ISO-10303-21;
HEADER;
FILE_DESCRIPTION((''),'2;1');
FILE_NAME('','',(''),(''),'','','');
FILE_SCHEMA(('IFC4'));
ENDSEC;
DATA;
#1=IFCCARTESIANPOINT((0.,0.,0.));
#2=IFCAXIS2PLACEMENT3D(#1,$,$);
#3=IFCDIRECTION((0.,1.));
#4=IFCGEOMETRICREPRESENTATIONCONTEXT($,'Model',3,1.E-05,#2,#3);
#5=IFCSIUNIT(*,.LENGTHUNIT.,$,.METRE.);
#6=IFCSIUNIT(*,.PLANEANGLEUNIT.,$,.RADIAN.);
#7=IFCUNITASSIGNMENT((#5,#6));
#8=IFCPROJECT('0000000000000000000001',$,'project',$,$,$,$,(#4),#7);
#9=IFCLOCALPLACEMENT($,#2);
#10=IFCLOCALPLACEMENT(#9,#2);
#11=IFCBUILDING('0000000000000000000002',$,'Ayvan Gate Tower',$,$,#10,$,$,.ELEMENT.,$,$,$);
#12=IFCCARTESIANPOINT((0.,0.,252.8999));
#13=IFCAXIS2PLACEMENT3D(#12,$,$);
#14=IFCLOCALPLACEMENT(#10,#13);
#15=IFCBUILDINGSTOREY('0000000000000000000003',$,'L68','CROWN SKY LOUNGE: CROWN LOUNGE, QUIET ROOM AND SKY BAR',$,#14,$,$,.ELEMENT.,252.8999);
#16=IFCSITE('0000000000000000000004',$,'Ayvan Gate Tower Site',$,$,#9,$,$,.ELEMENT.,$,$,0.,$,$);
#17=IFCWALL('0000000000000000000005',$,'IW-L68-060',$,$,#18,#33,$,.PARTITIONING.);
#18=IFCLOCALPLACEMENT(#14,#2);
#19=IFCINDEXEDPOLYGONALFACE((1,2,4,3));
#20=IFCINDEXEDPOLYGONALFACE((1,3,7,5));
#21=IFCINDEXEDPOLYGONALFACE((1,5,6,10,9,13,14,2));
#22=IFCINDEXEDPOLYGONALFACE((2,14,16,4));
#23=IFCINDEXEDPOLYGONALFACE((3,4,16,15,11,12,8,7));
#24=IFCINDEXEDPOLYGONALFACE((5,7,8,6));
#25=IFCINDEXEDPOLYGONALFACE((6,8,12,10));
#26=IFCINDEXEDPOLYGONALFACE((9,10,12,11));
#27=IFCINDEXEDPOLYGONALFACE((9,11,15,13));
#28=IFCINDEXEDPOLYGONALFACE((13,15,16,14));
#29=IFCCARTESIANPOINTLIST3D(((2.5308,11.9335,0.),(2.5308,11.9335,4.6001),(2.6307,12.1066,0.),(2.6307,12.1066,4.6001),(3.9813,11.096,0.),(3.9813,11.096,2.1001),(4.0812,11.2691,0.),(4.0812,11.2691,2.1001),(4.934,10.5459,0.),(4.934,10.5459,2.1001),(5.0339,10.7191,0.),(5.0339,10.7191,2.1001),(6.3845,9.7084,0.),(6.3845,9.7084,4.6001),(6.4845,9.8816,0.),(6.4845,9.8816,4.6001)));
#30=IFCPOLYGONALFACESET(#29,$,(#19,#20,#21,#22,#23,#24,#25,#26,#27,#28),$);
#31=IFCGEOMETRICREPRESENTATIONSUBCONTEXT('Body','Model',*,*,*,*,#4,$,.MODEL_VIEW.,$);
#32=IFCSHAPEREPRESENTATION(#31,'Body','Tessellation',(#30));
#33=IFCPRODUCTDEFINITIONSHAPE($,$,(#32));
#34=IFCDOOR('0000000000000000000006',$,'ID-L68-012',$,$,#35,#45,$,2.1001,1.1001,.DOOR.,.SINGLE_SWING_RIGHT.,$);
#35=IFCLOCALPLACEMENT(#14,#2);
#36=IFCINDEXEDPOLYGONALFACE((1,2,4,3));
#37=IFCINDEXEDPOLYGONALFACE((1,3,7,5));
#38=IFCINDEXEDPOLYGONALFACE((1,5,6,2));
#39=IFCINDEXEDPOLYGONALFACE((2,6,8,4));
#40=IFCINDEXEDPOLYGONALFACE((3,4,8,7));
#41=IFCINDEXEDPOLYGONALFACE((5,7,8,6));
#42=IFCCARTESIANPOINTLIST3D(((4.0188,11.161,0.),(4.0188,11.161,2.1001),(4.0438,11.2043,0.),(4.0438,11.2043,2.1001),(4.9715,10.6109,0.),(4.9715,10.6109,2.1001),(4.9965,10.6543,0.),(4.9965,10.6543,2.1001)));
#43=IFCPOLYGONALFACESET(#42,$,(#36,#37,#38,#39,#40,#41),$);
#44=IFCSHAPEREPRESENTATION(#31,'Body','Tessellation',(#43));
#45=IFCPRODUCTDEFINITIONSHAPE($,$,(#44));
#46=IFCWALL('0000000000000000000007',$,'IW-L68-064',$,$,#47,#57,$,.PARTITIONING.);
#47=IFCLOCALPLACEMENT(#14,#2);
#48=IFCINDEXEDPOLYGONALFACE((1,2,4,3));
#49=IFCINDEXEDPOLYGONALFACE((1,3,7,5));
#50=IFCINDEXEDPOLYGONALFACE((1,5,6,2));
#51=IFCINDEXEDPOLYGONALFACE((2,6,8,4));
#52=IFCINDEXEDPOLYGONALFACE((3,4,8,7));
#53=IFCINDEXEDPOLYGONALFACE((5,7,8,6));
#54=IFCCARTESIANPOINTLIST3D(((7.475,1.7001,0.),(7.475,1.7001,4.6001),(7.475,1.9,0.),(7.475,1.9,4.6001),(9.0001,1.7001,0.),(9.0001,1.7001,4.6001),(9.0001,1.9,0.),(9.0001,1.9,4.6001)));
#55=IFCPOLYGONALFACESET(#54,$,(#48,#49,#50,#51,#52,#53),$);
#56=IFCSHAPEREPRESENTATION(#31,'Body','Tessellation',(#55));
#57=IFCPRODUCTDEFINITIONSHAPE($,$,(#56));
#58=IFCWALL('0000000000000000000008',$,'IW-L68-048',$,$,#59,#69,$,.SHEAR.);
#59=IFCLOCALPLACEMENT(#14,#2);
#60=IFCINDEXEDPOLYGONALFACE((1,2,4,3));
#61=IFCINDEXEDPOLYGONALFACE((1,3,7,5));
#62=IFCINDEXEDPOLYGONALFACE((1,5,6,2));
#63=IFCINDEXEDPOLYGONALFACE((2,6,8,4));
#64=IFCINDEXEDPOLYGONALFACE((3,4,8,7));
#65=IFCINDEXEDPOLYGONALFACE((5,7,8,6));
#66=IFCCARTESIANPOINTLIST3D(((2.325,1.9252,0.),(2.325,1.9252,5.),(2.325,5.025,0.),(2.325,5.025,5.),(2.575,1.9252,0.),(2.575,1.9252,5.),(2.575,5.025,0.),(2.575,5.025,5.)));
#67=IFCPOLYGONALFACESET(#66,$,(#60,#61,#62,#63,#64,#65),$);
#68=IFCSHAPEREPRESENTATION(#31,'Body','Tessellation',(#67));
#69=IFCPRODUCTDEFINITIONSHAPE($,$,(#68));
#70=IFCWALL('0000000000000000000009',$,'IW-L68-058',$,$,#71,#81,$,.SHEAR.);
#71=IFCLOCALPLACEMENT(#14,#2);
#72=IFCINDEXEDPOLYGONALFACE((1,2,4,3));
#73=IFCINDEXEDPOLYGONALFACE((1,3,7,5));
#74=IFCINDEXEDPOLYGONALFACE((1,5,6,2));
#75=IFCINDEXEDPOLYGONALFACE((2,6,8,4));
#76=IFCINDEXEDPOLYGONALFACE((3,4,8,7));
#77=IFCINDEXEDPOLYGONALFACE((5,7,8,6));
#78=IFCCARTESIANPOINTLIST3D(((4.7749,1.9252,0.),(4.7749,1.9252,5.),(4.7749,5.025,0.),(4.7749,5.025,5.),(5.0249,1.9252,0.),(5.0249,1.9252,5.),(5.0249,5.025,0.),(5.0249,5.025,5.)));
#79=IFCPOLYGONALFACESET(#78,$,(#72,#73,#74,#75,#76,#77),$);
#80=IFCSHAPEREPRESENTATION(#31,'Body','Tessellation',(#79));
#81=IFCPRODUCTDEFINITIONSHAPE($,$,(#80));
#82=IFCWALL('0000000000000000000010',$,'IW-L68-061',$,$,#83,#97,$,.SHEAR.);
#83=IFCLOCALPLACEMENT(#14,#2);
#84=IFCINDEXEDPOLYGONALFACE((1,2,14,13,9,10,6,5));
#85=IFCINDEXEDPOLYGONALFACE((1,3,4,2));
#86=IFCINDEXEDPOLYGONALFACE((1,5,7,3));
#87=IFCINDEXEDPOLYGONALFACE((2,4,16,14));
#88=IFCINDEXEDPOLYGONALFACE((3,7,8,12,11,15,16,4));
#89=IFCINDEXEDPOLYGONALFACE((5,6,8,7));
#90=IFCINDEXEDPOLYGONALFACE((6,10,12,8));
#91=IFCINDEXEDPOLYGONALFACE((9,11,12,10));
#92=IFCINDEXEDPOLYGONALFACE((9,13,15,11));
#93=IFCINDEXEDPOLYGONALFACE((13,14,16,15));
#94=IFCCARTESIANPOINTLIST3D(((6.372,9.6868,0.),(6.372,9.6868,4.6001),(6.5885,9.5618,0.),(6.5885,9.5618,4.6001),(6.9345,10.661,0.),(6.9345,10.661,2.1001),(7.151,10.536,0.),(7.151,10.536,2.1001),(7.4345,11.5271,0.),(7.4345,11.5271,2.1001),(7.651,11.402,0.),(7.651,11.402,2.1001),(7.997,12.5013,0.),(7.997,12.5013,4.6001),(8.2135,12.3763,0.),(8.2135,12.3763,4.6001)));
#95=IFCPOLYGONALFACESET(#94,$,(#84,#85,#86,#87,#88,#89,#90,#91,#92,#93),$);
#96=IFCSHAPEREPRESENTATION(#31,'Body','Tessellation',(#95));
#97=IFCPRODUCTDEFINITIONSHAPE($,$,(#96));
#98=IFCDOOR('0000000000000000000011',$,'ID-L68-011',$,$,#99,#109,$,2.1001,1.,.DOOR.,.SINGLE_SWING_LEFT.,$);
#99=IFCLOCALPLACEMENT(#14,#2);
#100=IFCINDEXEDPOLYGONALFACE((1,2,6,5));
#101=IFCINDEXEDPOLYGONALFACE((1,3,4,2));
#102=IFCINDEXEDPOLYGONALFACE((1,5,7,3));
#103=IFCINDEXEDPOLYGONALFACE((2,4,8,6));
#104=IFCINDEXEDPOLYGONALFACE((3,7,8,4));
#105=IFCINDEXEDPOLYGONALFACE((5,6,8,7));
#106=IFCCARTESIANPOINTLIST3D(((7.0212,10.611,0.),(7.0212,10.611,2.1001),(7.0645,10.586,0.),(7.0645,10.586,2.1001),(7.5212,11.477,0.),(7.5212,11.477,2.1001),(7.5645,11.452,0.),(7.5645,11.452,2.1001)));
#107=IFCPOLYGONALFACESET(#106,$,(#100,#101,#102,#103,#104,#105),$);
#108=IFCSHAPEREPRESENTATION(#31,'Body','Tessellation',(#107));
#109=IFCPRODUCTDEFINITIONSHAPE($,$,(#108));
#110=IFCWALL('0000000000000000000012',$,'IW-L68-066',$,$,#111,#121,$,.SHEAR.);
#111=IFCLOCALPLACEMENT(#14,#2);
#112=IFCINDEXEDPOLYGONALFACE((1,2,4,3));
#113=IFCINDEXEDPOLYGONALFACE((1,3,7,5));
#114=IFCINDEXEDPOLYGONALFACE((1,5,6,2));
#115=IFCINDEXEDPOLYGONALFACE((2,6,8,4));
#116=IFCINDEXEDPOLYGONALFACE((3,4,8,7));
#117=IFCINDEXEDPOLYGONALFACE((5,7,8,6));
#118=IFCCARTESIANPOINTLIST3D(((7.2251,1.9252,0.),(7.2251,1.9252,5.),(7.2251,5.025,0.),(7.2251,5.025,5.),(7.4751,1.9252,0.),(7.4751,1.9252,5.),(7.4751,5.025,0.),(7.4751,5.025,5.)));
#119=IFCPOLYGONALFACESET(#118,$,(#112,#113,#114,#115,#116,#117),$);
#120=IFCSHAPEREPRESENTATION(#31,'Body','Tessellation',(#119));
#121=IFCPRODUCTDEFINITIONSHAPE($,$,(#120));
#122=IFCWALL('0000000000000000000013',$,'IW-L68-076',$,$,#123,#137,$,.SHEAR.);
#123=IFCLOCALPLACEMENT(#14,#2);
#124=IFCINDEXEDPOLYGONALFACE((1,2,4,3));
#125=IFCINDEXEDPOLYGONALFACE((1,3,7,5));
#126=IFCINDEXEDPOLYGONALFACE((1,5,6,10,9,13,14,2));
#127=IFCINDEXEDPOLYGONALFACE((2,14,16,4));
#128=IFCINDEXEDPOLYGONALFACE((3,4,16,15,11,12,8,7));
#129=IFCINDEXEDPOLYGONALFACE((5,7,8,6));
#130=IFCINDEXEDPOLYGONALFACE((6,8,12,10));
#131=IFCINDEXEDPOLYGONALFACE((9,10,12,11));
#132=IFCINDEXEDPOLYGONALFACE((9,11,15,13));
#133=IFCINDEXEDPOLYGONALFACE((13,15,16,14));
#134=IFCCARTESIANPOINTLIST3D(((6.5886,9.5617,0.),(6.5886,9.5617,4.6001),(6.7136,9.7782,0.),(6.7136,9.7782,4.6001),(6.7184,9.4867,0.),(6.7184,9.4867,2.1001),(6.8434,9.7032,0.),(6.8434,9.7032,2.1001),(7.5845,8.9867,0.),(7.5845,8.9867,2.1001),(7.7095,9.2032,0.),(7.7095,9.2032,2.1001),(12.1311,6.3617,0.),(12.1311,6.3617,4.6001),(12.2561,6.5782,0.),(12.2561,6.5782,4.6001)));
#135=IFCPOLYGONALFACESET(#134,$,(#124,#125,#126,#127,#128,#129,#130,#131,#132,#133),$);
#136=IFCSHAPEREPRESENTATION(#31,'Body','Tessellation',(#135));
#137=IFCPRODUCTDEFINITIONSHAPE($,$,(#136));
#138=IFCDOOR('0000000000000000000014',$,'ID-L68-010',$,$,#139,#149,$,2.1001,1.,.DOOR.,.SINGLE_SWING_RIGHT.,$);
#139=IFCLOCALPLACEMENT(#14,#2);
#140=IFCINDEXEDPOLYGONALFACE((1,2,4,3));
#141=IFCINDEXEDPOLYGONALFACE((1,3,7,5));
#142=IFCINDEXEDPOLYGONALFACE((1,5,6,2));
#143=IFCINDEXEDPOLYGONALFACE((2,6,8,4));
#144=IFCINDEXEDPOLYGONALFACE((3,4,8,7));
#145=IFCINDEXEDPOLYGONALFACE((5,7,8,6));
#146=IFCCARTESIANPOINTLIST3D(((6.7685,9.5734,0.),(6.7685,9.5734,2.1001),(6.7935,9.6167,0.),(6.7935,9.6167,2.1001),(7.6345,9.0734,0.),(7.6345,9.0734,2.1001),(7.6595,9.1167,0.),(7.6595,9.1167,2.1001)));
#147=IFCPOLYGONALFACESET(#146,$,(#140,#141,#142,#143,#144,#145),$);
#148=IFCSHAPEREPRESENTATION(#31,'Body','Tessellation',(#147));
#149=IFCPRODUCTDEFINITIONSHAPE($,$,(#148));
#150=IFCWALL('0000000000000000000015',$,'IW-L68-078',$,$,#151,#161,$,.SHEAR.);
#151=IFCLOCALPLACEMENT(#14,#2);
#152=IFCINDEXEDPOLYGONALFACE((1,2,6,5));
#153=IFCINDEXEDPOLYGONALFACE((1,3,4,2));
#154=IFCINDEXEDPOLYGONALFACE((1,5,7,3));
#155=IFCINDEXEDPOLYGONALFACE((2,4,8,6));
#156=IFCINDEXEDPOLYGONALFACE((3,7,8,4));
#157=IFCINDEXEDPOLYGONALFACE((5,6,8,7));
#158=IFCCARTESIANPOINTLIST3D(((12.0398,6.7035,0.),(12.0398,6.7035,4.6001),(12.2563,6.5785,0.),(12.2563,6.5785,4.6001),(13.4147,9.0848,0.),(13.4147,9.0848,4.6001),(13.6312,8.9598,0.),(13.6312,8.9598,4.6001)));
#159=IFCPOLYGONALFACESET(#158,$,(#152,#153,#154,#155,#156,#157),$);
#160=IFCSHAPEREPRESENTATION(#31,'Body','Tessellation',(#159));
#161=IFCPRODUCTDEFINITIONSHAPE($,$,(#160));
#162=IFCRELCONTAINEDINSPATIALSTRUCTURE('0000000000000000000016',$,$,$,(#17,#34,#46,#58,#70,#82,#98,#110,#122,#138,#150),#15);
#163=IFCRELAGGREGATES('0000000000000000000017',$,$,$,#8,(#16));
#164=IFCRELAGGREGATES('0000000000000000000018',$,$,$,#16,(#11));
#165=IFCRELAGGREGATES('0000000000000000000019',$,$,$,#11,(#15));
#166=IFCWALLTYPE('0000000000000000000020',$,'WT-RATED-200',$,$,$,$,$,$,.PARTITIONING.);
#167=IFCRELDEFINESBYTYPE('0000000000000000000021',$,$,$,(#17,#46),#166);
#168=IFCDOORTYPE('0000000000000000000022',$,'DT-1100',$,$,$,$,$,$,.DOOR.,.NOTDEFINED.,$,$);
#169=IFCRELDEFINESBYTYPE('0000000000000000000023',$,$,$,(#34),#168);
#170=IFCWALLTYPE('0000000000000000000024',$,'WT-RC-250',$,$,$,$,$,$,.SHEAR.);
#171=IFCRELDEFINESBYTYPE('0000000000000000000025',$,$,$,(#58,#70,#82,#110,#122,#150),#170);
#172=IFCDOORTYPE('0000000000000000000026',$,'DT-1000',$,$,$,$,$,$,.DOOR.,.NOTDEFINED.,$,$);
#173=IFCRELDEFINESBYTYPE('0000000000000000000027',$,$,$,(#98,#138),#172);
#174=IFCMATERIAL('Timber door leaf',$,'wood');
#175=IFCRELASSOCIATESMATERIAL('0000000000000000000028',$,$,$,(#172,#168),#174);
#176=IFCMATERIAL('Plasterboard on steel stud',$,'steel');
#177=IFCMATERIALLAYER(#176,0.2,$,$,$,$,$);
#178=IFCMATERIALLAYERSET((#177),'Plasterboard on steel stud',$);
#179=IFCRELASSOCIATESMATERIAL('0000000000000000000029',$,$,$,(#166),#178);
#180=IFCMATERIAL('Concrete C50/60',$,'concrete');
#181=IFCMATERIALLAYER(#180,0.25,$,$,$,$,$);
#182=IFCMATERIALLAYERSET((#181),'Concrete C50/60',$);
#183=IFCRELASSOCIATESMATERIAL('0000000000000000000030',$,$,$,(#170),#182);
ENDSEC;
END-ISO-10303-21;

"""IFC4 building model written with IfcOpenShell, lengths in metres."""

from ifc_helpers import new_model, si_unit, direction, frame, frame_2d, origin, place, context, subcontext, project, spatial, rectangle, extrude, material, layer, layer_set, type_object, element, fill, save


model = new_model("IFC4")

# Units and contexts
model_context = context("Model", 3, precision=1e-05, world=origin(), true_north=direction((0.0, 1.0)))
body_context = subcontext(model_context, "Body", "Model", "MODEL_VIEW")
ifc_project = project(units=[si_unit("LENGTHUNIT", "METRE"), si_unit("PLANEANGLEUNIT", "RADIAN")], contexts=[model_context])

# Site, building, storey
site_placement = place(None, origin())
site = spatial("IfcSite", under=ifc_project, at=site_placement, Name="Ayvan Gate Tower Site", CompositionType="ELEMENT", RefElevation=0.0)
building_placement = place(site_placement, origin())
building = spatial("IfcBuilding", under=site, at=building_placement, Name="Ayvan Gate Tower", CompositionType="ELEMENT")
storey_placement = place(building_placement, frame((0.0, 0.0, 252.8999)))
storey = spatial("IfcBuildingStorey", under=building, at=storey_placement, Name="L68", Description="CROWN SKY LOUNGE: CROWN LOUNGE, QUIET ROOM AND SKY BAR", CompositionType="ELEMENT", Elevation=252.8999)

# Shared definitions
ifc_material_1 = material(Name="Concrete C50/60", Category="concrete")

# Shared definitions
ifc_material_2 = material(Name="Timber door leaf", Category="wood")
ifc_material_3 = material(Name="Plasterboard on steel stud", Category="steel")
door_type_1 = type_object("IfcDoorType", Name="DT-1000", OperationType="NOTDEFINED", PredefinedType="DOOR", material=ifc_material_2)

# Shared definitions
ifc_layer_1 = layer(ifc_material_3, 0.2)
ifc_layer_set_1 = layer_set([ifc_layer_1], Name="Plasterboard on steel stud")
wall_type_1 = type_object("IfcWallType", Name="WT-RATED-200", PredefinedType="PARTITIONING", material=ifc_layer_set_1)

# Wall, opening, door
wall_1_placement = place(storey_placement, frame((6.4346, 9.7949, 0.0), z_axis=(0.0, 0.0, 1.0), x_axis=(-0.866013, 0.500022, 0.0)))
wall_1 = element("IfcWall", 1, at=wall_1_placement, inside=storey, type_object=wall_type_1, Name="IW-L68-060", PredefinedType="PARTITIONING", context=body_context, shape_type="SweptSolid", body=[
    extrude(rectangle(XDim=4.45, YDim=0.2, at=frame_2d((2.2251, 0.0))), origin(), (0.0, 0.0, 1.0), 4.6001),
])
opening_1_placement = place(wall_1_placement, frame((1.675, 0.0, 0.0)))
opening_1 = element("IfcOpeningElement", 2, at=opening_1_placement, cuts=wall_1, PredefinedType="OPENING", context=body_context, shape_type="SweptSolid", body=[
    extrude(rectangle(XDim=1.1001, YDim=2.1001, at=frame_2d((0.55, 1.05))), frame((0.0, 0.1099, 0.0), z_axis=(0.0, -1.0, 0.0), x_axis=(1.0, 0.0, 0.0)), (0.0, 0.0, 1.0), 0.22),
])
door_type_2 = type_object("IfcDoorType", Name="DT-1100", OperationType="NOTDEFINED", PredefinedType="DOOR", material=ifc_material_2)
door_1_placement = place(opening_1_placement, origin())
door_1 = element("IfcDoor", 3, at=door_1_placement, inside=storey, type_object=door_type_2, Name="ID-L68-012", OperationType="SINGLE_SWING_RIGHT", OverallHeight=2.1001, OverallWidth=1.1001, PredefinedType="DOOR", context=body_context, shape_type="SweptSolid", body=[
    extrude(rectangle(XDim=1.1001, YDim=2.1001, at=frame_2d((0.55, 1.05))), frame((0.0, 0.0249, 0.0), z_axis=(0.0, -1.0, 0.0), x_axis=(1.0, 0.0, 0.0)), (0.0, 0.0, 1.0), 0.05),
])
fill(opening_1, door_1)

# Walls
wall_2_placement = place(storey_placement, frame((7.4749, 1.8, 0.0), z_axis=(0.0, 0.0, 1.0), x_axis=(1.0, 0.0, 0.0)))
element("IfcWall", 4, at=wall_2_placement, inside=storey, type_object=wall_type_1, Name="IW-L68-064", PredefinedType="PARTITIONING", context=body_context, shape_type="SweptSolid", body=[
    extrude(rectangle(XDim=1.5251, YDim=0.2, at=frame_2d((0.7627, 0.0))), origin(), (0.0, 0.0, 1.0), 4.6001),
])
ifc_layer_2 = layer(ifc_material_1, 0.25)
ifc_layer_set_2 = layer_set([ifc_layer_2], Name="Concrete C50/60")
wall_type_2 = type_object("IfcWallType", Name="WT-RC-250", PredefinedType="SHEAR", material=ifc_layer_set_2)
for number, where, z_axis, x_axis, name in (
    (5, (2.45, 5.0249, 0.0), (0.0, 0.0, 1.0), (0.0, -1.0, 0.0), "IW-L68-048"),
    (6, (4.8999, 5.0249, 0.0), (0.0, 0.0, 1.0), (0.0, -1.0, 0.0), "IW-L68-058"),
):
    element("IfcWall", number, at=place(storey_placement, frame(where, z_axis=z_axis, x_axis=x_axis)), inside=storey, type_object=wall_type_2, Name=name, PredefinedType="SHEAR", context=body_context, shape_type="SweptSolid", body=[
        extrude(rectangle(XDim=3.0999, YDim=0.25, at=frame_2d((1.5498, 0.0))), origin(), (0.0, 0.0, 1.0), 5.0),
    ])

# Wall, opening, door
wall_3_placement = place(storey_placement, frame((6.4802, 9.6243, 0.0), z_axis=(0.0, 0.0, 1.0), x_axis=(0.500017, 0.866015, 0.0)))
wall_3 = element("IfcWall", 7, at=wall_3_placement, inside=storey, type_object=wall_type_2, Name="IW-L68-061", PredefinedType="SHEAR", context=body_context, shape_type="SweptSolid", body=[
    extrude(rectangle(XDim=3.25, YDim=0.25, at=frame_2d((1.625, 0.0))), origin(), (0.0, 0.0, 1.0), 4.6001),
])
opening_2_placement = place(wall_3_placement, frame((1.125, 0.0, 0.0)))
opening_2 = element("IfcOpeningElement", 8, at=opening_2_placement, cuts=wall_3, PredefinedType="OPENING", context=body_context, shape_type="SweptSolid", body=[
    extrude(rectangle(XDim=1.0, YDim=2.1001, at=frame_2d((0.5, 1.05))), frame((0.0, 0.135, 0.0), z_axis=(0.0, -1.0, 0.0), x_axis=(1.0, 0.0, 0.0)), (0.0, 0.0, 1.0), 0.27),
])
door_2_placement = place(opening_2_placement, origin())
door_2 = element("IfcDoor", 9, at=door_2_placement, inside=storey, type_object=door_type_1, Name="ID-L68-011", OperationType="SINGLE_SWING_LEFT", OverallHeight=2.1001, OverallWidth=1.0, PredefinedType="DOOR", context=body_context, shape_type="SweptSolid", body=[
    extrude(rectangle(XDim=1.0, YDim=2.1001, at=frame_2d((0.5, 1.05))), frame((0.0, 0.0249, 0.0), z_axis=(0.0, -1.0, 0.0), x_axis=(1.0, 0.0, 0.0)), (0.0, 0.0, 1.0), 0.05),
])
fill(opening_2, door_2)

# Wall
wall_4_placement = place(storey_placement, frame((7.3501, 5.0249, 0.0), z_axis=(0.0, 0.0, 1.0), x_axis=(0.0, -1.0, 0.0)))
element("IfcWall", 10, at=wall_4_placement, inside=storey, type_object=wall_type_2, Name="IW-L68-066", PredefinedType="SHEAR", context=body_context, shape_type="SweptSolid", body=[
    extrude(rectangle(XDim=3.0999, YDim=0.25, at=frame_2d((1.5498, 0.0))), origin(), (0.0, 0.0, 1.0), 5.0),
])

# Wall, opening, door
wall_5_placement = place(storey_placement, frame((12.1936, 6.47, 0.0), z_axis=(0.0, 0.0, 1.0), x_axis=(-0.866025, 0.5, 0.0)))
wall_5 = element("IfcWall", 11, at=wall_5_placement, inside=storey, type_object=wall_type_2, Name="IW-L68-076", PredefinedType="SHEAR", context=body_context, shape_type="SweptSolid", body=[
    extrude(rectangle(XDim=6.3999, YDim=0.25, at=frame_2d((3.2, 0.0))), origin(), (0.0, 0.0, 1.0), 4.6001),
])
opening_3_placement = place(wall_5_placement, frame((5.25, 0.0, 0.0)))
opening_3 = element("IfcOpeningElement", 12, at=opening_3_placement, cuts=wall_5, PredefinedType="OPENING", context=body_context, shape_type="SweptSolid", body=[
    extrude(rectangle(XDim=1.0, YDim=2.1001, at=frame_2d((0.5, 1.05))), frame((0.0, 0.135, 0.0), z_axis=(0.0, -1.0, 0.0), x_axis=(1.0, 0.0, 0.0)), (0.0, 0.0, 1.0), 0.27),
])
door_3_placement = place(opening_3_placement, origin())
door_3 = element("IfcDoor", 13, at=door_3_placement, inside=storey, type_object=door_type_1, Name="ID-L68-010", OperationType="SINGLE_SWING_RIGHT", OverallHeight=2.1001, OverallWidth=1.0, PredefinedType="DOOR", context=body_context, shape_type="SweptSolid", body=[
    extrude(rectangle(XDim=1.0, YDim=2.1001, at=frame_2d((0.5, 1.05))), frame((0.0, 0.0249, 0.0), z_axis=(0.0, -1.0, 0.0), x_axis=(1.0, 0.0, 0.0)), (0.0, 0.0, 1.0), 0.05),
])
fill(opening_3, door_3)

# Wall
wall_6_placement = place(storey_placement, frame((12.1479, 6.6409, 0.0), z_axis=(0.0, 0.0, 1.0), x_axis=(0.500035, 0.866005, 0.0)))
element("IfcWall", 14, at=wall_6_placement, inside=storey, type_object=wall_type_2, Name="IW-L68-078", PredefinedType="SHEAR", context=body_context, shape_type="SweptSolid", body=[
    extrude(rectangle(XDim=2.7498, YDim=0.25, at=frame_2d((1.375, 0.0))), origin(), (0.0, 0.0, 1.0), 4.6001),
])

save(model, "model.ifc")
